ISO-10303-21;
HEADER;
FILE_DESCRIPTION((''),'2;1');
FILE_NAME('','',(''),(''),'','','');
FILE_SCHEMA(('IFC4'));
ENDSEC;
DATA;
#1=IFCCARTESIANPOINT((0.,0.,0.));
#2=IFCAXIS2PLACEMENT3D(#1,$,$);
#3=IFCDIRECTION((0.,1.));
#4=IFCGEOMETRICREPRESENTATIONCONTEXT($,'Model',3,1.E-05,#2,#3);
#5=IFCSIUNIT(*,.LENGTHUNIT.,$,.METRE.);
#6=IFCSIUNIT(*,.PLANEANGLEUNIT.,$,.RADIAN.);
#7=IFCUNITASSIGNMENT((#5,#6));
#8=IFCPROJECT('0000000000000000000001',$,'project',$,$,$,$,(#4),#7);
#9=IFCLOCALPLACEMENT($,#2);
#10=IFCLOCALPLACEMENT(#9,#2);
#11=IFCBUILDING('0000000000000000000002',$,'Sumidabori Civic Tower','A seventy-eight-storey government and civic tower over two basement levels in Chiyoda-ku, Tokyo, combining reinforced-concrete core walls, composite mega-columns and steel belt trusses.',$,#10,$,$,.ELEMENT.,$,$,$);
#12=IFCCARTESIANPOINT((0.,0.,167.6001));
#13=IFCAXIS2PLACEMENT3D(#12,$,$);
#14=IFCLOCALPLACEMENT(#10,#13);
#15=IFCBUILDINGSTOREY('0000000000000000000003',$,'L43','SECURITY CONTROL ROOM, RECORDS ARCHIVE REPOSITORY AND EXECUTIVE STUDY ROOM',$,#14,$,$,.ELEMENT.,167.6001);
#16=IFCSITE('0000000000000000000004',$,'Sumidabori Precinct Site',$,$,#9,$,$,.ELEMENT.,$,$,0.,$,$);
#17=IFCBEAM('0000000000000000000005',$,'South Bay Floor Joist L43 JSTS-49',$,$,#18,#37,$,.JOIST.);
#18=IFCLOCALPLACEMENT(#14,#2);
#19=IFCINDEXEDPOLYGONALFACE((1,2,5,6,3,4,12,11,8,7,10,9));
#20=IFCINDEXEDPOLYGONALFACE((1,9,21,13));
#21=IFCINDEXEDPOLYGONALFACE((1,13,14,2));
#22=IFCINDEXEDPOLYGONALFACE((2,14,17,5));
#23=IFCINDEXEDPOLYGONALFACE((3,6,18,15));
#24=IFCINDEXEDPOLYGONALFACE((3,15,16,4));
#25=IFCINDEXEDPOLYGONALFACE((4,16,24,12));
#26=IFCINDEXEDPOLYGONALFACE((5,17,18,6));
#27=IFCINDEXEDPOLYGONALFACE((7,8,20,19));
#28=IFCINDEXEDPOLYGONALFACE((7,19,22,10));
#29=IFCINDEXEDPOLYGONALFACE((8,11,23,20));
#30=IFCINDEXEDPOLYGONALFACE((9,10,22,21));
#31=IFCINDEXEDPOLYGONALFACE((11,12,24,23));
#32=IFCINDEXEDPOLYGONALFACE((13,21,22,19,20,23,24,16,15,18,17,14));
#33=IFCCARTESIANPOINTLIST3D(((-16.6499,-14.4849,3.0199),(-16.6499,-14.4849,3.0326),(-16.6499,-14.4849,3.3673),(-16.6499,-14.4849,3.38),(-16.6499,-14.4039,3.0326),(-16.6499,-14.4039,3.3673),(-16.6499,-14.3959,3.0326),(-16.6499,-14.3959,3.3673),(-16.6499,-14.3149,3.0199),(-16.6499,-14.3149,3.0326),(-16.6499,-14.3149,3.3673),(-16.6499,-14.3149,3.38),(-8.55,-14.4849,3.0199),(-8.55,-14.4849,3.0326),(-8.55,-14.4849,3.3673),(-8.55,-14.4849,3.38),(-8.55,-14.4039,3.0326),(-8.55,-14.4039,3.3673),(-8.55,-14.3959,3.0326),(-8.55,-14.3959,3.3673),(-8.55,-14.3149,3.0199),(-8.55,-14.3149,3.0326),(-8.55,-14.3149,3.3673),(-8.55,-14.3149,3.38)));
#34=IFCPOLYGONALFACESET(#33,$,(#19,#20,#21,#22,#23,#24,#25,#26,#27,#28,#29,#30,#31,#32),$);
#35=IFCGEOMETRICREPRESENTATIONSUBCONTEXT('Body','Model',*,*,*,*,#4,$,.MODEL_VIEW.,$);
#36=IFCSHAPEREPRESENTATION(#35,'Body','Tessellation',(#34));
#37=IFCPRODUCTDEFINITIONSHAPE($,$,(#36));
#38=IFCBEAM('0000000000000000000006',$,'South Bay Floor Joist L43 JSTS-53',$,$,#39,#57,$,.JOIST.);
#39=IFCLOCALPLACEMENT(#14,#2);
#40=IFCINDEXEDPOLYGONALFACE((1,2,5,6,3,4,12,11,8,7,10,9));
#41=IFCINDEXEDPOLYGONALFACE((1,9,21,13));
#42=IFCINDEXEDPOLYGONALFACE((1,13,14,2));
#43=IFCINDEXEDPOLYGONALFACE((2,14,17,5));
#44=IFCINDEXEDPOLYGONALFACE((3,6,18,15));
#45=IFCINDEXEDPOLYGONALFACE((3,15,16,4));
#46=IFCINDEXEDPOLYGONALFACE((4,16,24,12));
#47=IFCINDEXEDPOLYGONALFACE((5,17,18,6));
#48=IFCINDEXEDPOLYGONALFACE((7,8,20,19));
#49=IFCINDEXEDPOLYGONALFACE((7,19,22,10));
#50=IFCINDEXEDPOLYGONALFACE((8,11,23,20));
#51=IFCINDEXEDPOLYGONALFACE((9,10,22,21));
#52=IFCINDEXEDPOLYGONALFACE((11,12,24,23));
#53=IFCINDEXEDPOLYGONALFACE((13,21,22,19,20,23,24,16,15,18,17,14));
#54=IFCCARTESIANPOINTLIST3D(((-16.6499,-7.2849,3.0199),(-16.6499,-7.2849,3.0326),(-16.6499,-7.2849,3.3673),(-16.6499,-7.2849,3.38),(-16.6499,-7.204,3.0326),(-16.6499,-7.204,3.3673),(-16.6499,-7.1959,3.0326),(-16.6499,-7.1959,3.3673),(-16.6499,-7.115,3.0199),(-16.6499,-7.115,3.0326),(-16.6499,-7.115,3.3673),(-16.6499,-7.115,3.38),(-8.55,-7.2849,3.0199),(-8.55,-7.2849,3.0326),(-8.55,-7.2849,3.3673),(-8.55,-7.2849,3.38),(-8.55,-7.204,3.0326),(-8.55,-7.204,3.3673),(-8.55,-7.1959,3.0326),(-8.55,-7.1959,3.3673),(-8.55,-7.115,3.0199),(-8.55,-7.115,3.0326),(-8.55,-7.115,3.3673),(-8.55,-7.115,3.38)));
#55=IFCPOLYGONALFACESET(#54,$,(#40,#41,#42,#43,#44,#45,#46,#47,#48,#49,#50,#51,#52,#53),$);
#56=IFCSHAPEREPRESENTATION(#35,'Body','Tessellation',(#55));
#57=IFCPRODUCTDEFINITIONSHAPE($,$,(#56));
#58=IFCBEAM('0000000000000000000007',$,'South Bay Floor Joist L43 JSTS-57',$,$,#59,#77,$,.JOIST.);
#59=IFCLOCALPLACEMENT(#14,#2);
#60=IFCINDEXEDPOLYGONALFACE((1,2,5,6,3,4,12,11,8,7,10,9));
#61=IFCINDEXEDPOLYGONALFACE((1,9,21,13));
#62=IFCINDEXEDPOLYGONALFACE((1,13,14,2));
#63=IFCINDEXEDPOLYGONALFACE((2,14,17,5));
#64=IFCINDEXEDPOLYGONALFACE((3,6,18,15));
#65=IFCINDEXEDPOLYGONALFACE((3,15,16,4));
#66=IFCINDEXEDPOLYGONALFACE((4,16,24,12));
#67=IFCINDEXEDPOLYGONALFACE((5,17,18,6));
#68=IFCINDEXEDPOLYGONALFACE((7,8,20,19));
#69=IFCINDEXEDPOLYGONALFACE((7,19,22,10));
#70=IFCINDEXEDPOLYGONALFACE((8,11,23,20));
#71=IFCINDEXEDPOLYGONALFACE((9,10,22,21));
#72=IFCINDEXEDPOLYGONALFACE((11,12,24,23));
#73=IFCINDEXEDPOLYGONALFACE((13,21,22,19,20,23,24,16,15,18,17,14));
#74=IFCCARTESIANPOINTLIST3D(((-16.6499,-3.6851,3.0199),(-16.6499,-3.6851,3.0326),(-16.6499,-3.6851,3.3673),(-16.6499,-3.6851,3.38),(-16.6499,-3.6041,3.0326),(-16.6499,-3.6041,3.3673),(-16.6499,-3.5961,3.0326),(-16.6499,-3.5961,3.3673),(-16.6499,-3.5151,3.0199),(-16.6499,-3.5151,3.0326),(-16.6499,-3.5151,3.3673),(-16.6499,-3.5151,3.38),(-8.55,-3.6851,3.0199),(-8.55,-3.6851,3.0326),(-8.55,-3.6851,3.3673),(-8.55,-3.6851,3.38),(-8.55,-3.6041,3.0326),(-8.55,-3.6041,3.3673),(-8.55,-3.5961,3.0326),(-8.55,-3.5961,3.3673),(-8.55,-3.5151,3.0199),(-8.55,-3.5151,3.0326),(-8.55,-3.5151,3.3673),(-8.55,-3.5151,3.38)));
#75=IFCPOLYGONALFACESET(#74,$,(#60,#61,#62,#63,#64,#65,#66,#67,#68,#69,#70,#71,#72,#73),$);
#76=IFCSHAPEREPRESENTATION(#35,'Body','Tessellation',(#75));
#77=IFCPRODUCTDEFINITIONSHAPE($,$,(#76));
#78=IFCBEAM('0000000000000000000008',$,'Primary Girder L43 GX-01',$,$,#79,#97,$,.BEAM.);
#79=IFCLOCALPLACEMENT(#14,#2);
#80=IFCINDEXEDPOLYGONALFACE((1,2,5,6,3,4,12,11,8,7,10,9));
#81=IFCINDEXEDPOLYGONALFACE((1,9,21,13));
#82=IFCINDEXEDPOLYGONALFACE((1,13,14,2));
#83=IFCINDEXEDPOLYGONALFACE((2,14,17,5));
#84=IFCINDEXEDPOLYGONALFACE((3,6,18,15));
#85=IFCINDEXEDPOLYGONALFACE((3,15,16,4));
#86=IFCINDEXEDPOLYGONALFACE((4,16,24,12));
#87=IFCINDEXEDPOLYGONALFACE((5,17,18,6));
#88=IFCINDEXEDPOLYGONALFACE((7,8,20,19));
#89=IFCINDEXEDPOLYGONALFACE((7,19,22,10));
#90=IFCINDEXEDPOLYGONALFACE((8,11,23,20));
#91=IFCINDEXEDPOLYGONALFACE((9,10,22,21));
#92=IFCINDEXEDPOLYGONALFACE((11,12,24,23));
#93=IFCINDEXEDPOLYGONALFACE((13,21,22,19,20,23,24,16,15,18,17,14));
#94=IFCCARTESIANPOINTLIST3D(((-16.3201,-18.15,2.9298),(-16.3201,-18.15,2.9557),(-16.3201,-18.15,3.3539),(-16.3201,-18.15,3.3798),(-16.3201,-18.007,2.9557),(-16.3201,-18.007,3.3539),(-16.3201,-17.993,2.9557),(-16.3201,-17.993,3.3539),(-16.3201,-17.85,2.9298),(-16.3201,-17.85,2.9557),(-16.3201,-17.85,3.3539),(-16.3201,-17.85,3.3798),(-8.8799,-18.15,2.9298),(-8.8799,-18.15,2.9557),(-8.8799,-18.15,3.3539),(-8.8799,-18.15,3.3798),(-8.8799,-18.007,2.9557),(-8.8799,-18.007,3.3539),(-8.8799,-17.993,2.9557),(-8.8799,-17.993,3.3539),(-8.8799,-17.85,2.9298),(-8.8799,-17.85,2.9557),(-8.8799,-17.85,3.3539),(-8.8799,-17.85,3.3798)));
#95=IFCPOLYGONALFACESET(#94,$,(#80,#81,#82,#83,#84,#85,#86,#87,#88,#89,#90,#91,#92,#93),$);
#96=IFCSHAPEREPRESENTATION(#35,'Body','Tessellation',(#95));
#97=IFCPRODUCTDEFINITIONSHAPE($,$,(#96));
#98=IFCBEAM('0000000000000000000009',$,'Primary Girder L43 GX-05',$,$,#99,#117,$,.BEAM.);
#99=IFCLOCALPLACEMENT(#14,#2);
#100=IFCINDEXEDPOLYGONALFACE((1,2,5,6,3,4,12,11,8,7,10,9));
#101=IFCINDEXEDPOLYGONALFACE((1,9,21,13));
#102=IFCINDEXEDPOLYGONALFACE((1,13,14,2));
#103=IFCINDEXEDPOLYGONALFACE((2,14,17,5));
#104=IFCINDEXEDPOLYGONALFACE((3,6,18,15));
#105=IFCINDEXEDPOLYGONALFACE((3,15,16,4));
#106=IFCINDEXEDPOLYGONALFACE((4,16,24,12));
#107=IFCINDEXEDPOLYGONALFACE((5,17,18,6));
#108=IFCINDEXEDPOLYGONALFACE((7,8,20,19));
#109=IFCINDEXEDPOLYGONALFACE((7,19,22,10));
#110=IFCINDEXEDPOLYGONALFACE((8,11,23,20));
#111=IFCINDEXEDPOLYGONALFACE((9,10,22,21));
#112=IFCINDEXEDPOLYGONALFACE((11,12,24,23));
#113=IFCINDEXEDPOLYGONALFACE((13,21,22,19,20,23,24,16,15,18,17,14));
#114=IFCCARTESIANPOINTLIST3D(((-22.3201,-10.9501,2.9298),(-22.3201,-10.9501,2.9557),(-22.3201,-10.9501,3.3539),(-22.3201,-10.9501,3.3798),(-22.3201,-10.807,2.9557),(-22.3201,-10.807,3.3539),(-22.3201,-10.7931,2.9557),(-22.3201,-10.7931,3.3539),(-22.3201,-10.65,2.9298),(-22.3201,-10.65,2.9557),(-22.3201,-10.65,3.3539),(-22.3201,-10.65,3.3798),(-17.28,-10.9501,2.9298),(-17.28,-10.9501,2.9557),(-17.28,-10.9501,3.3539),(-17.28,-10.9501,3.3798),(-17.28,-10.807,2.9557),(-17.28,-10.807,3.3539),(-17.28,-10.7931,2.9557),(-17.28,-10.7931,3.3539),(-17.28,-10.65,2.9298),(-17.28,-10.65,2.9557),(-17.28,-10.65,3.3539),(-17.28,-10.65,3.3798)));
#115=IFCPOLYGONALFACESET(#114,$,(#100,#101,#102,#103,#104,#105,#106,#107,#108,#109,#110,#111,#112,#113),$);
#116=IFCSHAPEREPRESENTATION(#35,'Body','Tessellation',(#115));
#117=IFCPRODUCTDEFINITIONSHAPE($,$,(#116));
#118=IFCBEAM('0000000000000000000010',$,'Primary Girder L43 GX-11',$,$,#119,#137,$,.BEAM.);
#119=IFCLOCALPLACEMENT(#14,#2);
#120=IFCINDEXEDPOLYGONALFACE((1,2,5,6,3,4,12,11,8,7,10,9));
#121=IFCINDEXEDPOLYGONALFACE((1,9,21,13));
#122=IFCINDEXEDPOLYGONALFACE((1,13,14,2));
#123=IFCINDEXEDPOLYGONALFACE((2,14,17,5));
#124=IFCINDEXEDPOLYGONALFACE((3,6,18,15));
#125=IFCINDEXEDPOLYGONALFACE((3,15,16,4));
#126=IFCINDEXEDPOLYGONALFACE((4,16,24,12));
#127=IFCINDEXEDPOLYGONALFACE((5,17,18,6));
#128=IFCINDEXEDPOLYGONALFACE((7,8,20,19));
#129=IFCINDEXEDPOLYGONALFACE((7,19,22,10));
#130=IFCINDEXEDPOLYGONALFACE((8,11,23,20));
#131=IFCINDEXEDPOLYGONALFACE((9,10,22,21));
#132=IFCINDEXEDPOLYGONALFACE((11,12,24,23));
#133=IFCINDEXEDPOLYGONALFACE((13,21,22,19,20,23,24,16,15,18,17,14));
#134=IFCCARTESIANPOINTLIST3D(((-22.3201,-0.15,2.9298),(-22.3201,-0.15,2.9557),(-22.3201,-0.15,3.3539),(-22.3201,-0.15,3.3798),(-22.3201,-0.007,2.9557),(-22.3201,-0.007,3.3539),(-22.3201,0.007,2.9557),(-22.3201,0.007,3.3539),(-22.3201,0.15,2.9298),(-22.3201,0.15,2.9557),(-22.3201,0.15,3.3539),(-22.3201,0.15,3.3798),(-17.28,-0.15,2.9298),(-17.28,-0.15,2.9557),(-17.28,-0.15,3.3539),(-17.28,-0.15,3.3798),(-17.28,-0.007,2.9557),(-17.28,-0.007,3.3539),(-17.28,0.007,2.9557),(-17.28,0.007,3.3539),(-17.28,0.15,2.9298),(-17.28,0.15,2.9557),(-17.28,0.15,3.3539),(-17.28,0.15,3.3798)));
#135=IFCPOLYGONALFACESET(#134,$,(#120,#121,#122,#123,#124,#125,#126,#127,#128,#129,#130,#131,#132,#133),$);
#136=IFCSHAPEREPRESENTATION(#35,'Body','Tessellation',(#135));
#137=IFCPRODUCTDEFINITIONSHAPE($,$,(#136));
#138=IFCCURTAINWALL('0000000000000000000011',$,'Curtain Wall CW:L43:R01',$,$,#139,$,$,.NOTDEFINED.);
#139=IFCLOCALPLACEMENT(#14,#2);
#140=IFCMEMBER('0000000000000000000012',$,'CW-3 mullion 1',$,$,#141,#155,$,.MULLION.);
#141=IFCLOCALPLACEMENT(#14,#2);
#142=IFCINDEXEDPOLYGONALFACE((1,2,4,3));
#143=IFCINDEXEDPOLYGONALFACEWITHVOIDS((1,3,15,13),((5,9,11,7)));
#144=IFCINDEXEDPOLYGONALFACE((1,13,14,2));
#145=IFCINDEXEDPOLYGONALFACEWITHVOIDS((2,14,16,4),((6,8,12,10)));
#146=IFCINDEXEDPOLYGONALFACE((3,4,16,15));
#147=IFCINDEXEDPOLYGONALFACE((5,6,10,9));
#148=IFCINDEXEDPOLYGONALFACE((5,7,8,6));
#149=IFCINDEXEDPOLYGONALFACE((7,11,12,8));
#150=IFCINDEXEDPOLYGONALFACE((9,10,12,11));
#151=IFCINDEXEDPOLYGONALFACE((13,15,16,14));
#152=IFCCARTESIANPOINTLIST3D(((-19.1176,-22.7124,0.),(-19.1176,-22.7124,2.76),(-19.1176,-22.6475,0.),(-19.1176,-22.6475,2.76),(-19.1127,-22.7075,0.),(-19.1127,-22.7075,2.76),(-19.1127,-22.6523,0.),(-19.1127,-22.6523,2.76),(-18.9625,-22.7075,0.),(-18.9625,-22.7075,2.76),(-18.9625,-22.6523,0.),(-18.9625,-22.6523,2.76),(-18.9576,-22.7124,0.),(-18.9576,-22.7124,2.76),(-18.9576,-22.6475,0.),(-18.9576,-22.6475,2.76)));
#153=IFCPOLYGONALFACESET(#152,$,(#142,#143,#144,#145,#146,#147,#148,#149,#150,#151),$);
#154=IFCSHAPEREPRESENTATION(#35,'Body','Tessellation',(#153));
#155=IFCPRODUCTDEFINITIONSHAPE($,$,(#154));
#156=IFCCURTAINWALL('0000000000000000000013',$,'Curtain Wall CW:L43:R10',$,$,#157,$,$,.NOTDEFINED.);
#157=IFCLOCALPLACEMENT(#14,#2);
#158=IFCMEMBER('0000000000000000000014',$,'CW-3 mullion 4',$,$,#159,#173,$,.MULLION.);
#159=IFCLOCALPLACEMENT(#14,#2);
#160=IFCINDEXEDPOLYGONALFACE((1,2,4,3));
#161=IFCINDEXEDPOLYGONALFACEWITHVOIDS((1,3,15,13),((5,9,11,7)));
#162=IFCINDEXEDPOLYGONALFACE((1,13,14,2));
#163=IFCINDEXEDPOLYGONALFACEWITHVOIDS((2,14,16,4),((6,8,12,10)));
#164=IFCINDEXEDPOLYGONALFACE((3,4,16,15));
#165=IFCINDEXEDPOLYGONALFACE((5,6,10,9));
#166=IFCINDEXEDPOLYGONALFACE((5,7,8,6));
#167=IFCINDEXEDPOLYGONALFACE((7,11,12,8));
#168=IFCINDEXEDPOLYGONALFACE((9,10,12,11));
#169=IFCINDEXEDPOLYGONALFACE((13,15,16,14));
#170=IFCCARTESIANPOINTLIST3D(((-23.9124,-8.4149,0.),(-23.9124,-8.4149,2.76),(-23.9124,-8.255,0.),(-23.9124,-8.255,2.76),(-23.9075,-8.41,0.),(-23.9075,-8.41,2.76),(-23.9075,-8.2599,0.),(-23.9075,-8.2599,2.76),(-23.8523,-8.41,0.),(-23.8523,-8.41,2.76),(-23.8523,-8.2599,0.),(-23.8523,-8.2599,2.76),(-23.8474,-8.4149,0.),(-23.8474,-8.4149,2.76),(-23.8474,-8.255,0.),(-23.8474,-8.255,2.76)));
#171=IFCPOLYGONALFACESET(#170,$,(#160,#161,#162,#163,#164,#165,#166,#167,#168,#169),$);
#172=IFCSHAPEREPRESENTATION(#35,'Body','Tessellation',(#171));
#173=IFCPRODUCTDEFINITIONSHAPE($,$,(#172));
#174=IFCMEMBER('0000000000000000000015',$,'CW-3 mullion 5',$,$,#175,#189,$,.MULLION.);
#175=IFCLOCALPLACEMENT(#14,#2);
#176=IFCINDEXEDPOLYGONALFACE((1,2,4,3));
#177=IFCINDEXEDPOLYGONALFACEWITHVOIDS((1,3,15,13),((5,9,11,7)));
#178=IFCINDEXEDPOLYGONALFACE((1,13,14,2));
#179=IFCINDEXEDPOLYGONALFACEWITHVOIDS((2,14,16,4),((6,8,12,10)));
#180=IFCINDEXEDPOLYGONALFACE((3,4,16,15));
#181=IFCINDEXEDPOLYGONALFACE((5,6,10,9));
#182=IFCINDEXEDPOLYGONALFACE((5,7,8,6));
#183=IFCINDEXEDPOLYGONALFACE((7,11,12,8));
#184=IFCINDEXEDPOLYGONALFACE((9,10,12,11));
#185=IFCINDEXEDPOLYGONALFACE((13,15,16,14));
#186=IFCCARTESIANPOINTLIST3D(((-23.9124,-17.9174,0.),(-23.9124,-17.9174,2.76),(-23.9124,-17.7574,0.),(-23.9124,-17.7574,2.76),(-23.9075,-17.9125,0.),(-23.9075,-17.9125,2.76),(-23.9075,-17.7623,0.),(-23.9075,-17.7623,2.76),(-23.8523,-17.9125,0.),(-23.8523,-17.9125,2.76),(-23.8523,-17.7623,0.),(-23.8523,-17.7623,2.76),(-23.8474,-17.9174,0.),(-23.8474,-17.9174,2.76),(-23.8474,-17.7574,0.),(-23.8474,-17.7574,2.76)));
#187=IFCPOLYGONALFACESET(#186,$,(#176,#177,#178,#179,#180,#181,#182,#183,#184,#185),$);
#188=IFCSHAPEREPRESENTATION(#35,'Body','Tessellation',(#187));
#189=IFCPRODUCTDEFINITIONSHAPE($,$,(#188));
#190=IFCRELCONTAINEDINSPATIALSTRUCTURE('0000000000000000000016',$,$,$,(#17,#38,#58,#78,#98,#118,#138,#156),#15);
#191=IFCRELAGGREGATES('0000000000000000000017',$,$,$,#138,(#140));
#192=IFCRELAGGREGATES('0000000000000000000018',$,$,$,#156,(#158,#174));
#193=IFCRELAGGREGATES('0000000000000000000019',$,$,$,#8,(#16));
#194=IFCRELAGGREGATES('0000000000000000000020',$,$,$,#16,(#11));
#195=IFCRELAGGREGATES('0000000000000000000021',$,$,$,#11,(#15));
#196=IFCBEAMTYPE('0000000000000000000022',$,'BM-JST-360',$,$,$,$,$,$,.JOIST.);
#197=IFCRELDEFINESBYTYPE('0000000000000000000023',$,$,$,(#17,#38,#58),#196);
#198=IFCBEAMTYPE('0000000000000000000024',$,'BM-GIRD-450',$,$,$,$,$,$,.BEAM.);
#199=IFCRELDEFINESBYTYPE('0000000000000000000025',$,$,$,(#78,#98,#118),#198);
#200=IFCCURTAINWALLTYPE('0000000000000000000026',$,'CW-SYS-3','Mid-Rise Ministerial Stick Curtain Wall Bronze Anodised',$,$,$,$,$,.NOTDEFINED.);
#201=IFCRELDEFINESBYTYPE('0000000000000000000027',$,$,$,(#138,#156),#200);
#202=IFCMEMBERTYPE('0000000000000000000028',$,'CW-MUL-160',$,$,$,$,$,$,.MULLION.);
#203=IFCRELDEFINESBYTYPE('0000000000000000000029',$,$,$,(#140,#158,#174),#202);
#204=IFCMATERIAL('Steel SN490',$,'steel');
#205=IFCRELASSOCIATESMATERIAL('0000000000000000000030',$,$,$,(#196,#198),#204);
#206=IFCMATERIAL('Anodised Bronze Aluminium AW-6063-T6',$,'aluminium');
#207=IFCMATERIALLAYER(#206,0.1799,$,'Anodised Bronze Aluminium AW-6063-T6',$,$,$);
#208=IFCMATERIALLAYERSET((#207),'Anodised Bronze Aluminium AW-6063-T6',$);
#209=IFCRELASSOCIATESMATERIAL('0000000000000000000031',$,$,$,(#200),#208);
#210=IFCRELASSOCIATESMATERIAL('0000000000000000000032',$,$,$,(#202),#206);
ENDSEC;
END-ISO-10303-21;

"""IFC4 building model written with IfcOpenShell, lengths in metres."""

from ifc_helpers import new_model, si_unit, direction, frame, origin, origin_2d, place, context, subcontext, project, spatial, hollow_rectangle, i_section, extrude, source, transform, mapped, material, layer, layer_set, material_profile, profile_set, type_object, element, aggregate, save


model = new_model("IFC4")

# Units and contexts
model_context = context("Model", 3, precision=1e-05, world=origin(), true_north=direction((0.0, 1.0)))
body_context = subcontext(model_context, "Body", "Model", "MODEL_VIEW")
ifc_project = project(units=[si_unit("LENGTHUNIT", "METRE"), si_unit("PLANEANGLEUNIT", "RADIAN")], contexts=[model_context])

# Site, building, storey
site_placement = place(None, origin())
site = spatial("IfcSite", under=ifc_project, at=site_placement, Name="Sumidabori Precinct Site", CompositionType="ELEMENT", RefElevation=0.0)
building_placement = place(site_placement, origin())
building = spatial("IfcBuilding", under=site, at=building_placement, Name="Sumidabori Civic Tower", Description="A seventy-eight-storey government and civic tower over two basement levels in Chiyoda-ku, Tokyo, combining reinforced-concrete core walls, composite mega-columns and steel belt trusses.", CompositionType="ELEMENT")
storey_placement = place(building_placement, frame((0.0, 0.0, 167.6001)))
storey = spatial("IfcBuildingStorey", under=building, at=storey_placement, Name="L43", Description="SECURITY CONTROL ROOM, RECORDS ARCHIVE REPOSITORY AND EXECUTIVE STUDY ROOM", CompositionType="ELEMENT", Elevation=167.6001)

# Beams
ifc_material_1 = material(Name="Steel SN490", Category="steel")
ifc_material_profile_1 = material_profile(ifc_material_1, i_section(OverallWidth=0.1699, OverallDepth=0.3601, WebThickness=0.0081, FlangeThickness=0.0127, at=origin_2d()), Name="IPE 360")
ifc_profile_set_1 = profile_set([ifc_material_profile_1], Name="Steel SN490")
beam_type_1 = type_object("IfcBeamType", Name="BM-JST-360", PredefinedType="JOIST", material=ifc_profile_set_1)
shared_shape_1 = source(origin(), body_context, "Body", "SweptSolid", [
    extrude(i_section(OverallWidth=0.1699, OverallDepth=0.3601, WebThickness=0.0081, FlangeThickness=0.0127, at=origin_2d()), origin(), (0.0, 0.0, 1.0), 8.0999),
])
for number, where, z_axis, x_axis, name in (
    (1, (-16.6499, -14.3999, 3.2), (1.0, 0.0, 0.0), (0.0, 1.0, 0.0), "South Bay Floor Joist L43 JSTS-49"),
    (2, (-16.6499, -7.2, 3.2), (1.0, 0.0, 0.0), (0.0, 1.0, 0.0), "South Bay Floor Joist L43 JSTS-53"),
    (3, (-16.6499, -3.6001, 3.2), (1.0, 0.0, 0.0), (0.0, 1.0, 0.0), "South Bay Floor Joist L43 JSTS-57"),
):
    element("IfcBeam", number, at=place(storey_placement, frame(where, z_axis=z_axis, x_axis=x_axis)), inside=storey, type_object=beam_type_1, Name=name, PredefinedType="JOIST", context=body_context, shape_type="MappedRepresentation", body=[
        mapped(shared_shape_1, transform((0.0, 0.0, 0.0), x_axis=(1.0, 0.0, 0.0), y_axis=(0.0, 1.0, 0.0), z_axis=(0.0, 0.0, 1.0), scale=1.0)),
    ])
ifc_material_profile_2 = material_profile(ifc_material_1, i_section(OverallWidth=0.3, OverallDepth=0.45, WebThickness=0.0139, FlangeThickness=0.0259, at=origin_2d()), Name="HE 450 B")
ifc_profile_set_2 = profile_set([ifc_material_profile_2], Name="Steel SN490")
beam_type_2 = type_object("IfcBeamType", Name="BM-GIRD-450", PredefinedType="BEAM", material=ifc_profile_set_2)
shared_shape_2 = source(origin(), body_context, "Body", "SweptSolid", [
    extrude(i_section(OverallWidth=0.3, OverallDepth=0.45, WebThickness=0.0139, FlangeThickness=0.0259, at=origin_2d()), origin(), (0.0, 0.0, 1.0), 7.4402),
])
beam_1_placement = place(storey_placement, frame((-16.3201, -18.0, 3.1548), z_axis=(1.0, 0.0, 0.0), x_axis=(0.0, 1.0, 0.0)))
element("IfcBeam", 4, at=beam_1_placement, inside=storey, type_object=beam_type_2, Name="Primary Girder L43 GX-01", PredefinedType="BEAM", context=body_context, shape_type="MappedRepresentation", body=[
    mapped(shared_shape_2, transform((0.0, 0.0, 0.0), x_axis=(1.0, 0.0, 0.0), y_axis=(0.0, 1.0, 0.0), z_axis=(0.0, 0.0, 1.0), scale=1.0)),
])
shared_shape_3 = source(origin(), body_context, "Body", "SweptSolid", [
    extrude(i_section(OverallWidth=0.3, OverallDepth=0.45, WebThickness=0.0139, FlangeThickness=0.0259, at=origin_2d()), origin(), (0.0, 0.0, 1.0), 5.04),
])
for number, where, z_axis, x_axis, name in (
    (5, (-22.3201, -10.8, 3.1548), (1.0, 0.0, 0.0), (0.0, 1.0, 0.0), "Primary Girder L43 GX-05"),
    (6, (-22.3201, 0.0, 3.1548), (1.0, 0.0, 0.0), (0.0, 1.0, 0.0), "Primary Girder L43 GX-11"),
):
    element("IfcBeam", number, at=place(storey_placement, frame(where, z_axis=z_axis, x_axis=x_axis)), inside=storey, type_object=beam_type_2, Name=name, PredefinedType="BEAM", context=body_context, shape_type="MappedRepresentation", body=[
        mapped(shared_shape_3, transform((0.0, 0.0, 0.0), x_axis=(1.0, 0.0, 0.0), y_axis=(0.0, 1.0, 0.0), z_axis=(0.0, 0.0, 1.0), scale=1.0)),
    ])

# Curtain wall, member
ifc_material_2 = material(Name="Anodised Bronze Aluminium AW-6063-T6", Category="aluminium")
ifc_layer_1 = layer(ifc_material_2, 0.1799, Name="Anodised Bronze Aluminium AW-6063-T6")
ifc_layer_set_1 = layer_set([ifc_layer_1], Name="Anodised Bronze Aluminium AW-6063-T6")
curtain_wall_type = type_object("IfcCurtainWallType", Name="CW-SYS-3", Description="Mid-Rise Ministerial Stick Curtain Wall Bronze Anodised", PredefinedType="NOTDEFINED", material=ifc_layer_set_1)
curtain_wall_1_placement = place(storey_placement, origin())
curtain_wall_1 = element("IfcCurtainWall", 7, at=curtain_wall_1_placement, inside=storey, type_object=curtain_wall_type, Name="Curtain Wall CW:L43:R01", PredefinedType="NOTDEFINED")
ifc_material_profile_3 = material_profile(ifc_material_2, hollow_rectangle(XDim=0.0649, YDim=0.1599, WallThickness=0.0049, at=origin_2d()), Name="ALU MULLION 160x65")
ifc_profile_set_3 = profile_set([ifc_material_profile_3], Name="Anodised Bronze Aluminium AW-6063-T6")
member_type_1 = type_object("IfcMemberType", Name="CW-MUL-160", PredefinedType="MULLION", material=ifc_profile_set_3)
shared_shape_4 = source(origin(), body_context, "Body", "SweptSolid", [
    extrude(hollow_rectangle(XDim=0.0649, YDim=0.1599, WallThickness=0.0049, at=origin_2d()), origin(), (0.0, 0.0, 1.0), 2.76),
])
member_1_placement = place(storey_placement, frame((-19.0376, -22.6799, 0.0), z_axis=(0.0, 0.0, 1.0), x_axis=(0.0, 1.0, 0.0)))
member_1 = element("IfcMember", 8, at=member_1_placement, type_object=member_type_1, Name="CW-3 mullion 1", PredefinedType="MULLION", context=body_context, shape_type="MappedRepresentation", body=[
    mapped(shared_shape_4, transform((0.0, 0.0, 0.0), x_axis=(1.0, 0.0, 0.0), y_axis=(0.0, 1.0, 0.0), z_axis=(0.0, 0.0, 1.0), scale=1.0)),
])

# Curtain wall, members
curtain_wall_2_placement = place(storey_placement, origin())
curtain_wall_2 = element("IfcCurtainWall", 9, at=curtain_wall_2_placement, inside=storey, type_object=curtain_wall_type, Name="Curtain Wall CW:L43:R10", PredefinedType="NOTDEFINED")
member_2_placement = place(storey_placement, frame((-23.8799, -8.335, 0.0), z_axis=(0.0, 0.0, 1.0), x_axis=(1.0, 0.0, 0.0)))
member_2 = element("IfcMember", 10, at=member_2_placement, type_object=member_type_1, Name="CW-3 mullion 4", PredefinedType="MULLION", context=body_context, shape_type="MappedRepresentation", body=[
    mapped(shared_shape_4, transform((0.0, 0.0, 0.0), x_axis=(1.0, 0.0, 0.0), y_axis=(0.0, 1.0, 0.0), z_axis=(0.0, 0.0, 1.0), scale=1.0)),
])
member_3_placement = place(storey_placement, frame((-23.8799, -17.8374, 0.0), z_axis=(0.0, 0.0, 1.0), x_axis=(1.0, 0.0, 0.0)))
member_3 = element("IfcMember", 11, at=member_3_placement, type_object=member_type_1, Name="CW-3 mullion 5", PredefinedType="MULLION", context=body_context, shape_type="MappedRepresentation", body=[
    mapped(shared_shape_4, transform((0.0, 0.0, 0.0), x_axis=(1.0, 0.0, 0.0), y_axis=(0.0, 1.0, 0.0), z_axis=(0.0, 0.0, 1.0), scale=1.0)),
])

aggregate(curtain_wall_1, [member_1])

aggregate(curtain_wall_2, [member_2, member_3])

save(model, "model.ifc")
